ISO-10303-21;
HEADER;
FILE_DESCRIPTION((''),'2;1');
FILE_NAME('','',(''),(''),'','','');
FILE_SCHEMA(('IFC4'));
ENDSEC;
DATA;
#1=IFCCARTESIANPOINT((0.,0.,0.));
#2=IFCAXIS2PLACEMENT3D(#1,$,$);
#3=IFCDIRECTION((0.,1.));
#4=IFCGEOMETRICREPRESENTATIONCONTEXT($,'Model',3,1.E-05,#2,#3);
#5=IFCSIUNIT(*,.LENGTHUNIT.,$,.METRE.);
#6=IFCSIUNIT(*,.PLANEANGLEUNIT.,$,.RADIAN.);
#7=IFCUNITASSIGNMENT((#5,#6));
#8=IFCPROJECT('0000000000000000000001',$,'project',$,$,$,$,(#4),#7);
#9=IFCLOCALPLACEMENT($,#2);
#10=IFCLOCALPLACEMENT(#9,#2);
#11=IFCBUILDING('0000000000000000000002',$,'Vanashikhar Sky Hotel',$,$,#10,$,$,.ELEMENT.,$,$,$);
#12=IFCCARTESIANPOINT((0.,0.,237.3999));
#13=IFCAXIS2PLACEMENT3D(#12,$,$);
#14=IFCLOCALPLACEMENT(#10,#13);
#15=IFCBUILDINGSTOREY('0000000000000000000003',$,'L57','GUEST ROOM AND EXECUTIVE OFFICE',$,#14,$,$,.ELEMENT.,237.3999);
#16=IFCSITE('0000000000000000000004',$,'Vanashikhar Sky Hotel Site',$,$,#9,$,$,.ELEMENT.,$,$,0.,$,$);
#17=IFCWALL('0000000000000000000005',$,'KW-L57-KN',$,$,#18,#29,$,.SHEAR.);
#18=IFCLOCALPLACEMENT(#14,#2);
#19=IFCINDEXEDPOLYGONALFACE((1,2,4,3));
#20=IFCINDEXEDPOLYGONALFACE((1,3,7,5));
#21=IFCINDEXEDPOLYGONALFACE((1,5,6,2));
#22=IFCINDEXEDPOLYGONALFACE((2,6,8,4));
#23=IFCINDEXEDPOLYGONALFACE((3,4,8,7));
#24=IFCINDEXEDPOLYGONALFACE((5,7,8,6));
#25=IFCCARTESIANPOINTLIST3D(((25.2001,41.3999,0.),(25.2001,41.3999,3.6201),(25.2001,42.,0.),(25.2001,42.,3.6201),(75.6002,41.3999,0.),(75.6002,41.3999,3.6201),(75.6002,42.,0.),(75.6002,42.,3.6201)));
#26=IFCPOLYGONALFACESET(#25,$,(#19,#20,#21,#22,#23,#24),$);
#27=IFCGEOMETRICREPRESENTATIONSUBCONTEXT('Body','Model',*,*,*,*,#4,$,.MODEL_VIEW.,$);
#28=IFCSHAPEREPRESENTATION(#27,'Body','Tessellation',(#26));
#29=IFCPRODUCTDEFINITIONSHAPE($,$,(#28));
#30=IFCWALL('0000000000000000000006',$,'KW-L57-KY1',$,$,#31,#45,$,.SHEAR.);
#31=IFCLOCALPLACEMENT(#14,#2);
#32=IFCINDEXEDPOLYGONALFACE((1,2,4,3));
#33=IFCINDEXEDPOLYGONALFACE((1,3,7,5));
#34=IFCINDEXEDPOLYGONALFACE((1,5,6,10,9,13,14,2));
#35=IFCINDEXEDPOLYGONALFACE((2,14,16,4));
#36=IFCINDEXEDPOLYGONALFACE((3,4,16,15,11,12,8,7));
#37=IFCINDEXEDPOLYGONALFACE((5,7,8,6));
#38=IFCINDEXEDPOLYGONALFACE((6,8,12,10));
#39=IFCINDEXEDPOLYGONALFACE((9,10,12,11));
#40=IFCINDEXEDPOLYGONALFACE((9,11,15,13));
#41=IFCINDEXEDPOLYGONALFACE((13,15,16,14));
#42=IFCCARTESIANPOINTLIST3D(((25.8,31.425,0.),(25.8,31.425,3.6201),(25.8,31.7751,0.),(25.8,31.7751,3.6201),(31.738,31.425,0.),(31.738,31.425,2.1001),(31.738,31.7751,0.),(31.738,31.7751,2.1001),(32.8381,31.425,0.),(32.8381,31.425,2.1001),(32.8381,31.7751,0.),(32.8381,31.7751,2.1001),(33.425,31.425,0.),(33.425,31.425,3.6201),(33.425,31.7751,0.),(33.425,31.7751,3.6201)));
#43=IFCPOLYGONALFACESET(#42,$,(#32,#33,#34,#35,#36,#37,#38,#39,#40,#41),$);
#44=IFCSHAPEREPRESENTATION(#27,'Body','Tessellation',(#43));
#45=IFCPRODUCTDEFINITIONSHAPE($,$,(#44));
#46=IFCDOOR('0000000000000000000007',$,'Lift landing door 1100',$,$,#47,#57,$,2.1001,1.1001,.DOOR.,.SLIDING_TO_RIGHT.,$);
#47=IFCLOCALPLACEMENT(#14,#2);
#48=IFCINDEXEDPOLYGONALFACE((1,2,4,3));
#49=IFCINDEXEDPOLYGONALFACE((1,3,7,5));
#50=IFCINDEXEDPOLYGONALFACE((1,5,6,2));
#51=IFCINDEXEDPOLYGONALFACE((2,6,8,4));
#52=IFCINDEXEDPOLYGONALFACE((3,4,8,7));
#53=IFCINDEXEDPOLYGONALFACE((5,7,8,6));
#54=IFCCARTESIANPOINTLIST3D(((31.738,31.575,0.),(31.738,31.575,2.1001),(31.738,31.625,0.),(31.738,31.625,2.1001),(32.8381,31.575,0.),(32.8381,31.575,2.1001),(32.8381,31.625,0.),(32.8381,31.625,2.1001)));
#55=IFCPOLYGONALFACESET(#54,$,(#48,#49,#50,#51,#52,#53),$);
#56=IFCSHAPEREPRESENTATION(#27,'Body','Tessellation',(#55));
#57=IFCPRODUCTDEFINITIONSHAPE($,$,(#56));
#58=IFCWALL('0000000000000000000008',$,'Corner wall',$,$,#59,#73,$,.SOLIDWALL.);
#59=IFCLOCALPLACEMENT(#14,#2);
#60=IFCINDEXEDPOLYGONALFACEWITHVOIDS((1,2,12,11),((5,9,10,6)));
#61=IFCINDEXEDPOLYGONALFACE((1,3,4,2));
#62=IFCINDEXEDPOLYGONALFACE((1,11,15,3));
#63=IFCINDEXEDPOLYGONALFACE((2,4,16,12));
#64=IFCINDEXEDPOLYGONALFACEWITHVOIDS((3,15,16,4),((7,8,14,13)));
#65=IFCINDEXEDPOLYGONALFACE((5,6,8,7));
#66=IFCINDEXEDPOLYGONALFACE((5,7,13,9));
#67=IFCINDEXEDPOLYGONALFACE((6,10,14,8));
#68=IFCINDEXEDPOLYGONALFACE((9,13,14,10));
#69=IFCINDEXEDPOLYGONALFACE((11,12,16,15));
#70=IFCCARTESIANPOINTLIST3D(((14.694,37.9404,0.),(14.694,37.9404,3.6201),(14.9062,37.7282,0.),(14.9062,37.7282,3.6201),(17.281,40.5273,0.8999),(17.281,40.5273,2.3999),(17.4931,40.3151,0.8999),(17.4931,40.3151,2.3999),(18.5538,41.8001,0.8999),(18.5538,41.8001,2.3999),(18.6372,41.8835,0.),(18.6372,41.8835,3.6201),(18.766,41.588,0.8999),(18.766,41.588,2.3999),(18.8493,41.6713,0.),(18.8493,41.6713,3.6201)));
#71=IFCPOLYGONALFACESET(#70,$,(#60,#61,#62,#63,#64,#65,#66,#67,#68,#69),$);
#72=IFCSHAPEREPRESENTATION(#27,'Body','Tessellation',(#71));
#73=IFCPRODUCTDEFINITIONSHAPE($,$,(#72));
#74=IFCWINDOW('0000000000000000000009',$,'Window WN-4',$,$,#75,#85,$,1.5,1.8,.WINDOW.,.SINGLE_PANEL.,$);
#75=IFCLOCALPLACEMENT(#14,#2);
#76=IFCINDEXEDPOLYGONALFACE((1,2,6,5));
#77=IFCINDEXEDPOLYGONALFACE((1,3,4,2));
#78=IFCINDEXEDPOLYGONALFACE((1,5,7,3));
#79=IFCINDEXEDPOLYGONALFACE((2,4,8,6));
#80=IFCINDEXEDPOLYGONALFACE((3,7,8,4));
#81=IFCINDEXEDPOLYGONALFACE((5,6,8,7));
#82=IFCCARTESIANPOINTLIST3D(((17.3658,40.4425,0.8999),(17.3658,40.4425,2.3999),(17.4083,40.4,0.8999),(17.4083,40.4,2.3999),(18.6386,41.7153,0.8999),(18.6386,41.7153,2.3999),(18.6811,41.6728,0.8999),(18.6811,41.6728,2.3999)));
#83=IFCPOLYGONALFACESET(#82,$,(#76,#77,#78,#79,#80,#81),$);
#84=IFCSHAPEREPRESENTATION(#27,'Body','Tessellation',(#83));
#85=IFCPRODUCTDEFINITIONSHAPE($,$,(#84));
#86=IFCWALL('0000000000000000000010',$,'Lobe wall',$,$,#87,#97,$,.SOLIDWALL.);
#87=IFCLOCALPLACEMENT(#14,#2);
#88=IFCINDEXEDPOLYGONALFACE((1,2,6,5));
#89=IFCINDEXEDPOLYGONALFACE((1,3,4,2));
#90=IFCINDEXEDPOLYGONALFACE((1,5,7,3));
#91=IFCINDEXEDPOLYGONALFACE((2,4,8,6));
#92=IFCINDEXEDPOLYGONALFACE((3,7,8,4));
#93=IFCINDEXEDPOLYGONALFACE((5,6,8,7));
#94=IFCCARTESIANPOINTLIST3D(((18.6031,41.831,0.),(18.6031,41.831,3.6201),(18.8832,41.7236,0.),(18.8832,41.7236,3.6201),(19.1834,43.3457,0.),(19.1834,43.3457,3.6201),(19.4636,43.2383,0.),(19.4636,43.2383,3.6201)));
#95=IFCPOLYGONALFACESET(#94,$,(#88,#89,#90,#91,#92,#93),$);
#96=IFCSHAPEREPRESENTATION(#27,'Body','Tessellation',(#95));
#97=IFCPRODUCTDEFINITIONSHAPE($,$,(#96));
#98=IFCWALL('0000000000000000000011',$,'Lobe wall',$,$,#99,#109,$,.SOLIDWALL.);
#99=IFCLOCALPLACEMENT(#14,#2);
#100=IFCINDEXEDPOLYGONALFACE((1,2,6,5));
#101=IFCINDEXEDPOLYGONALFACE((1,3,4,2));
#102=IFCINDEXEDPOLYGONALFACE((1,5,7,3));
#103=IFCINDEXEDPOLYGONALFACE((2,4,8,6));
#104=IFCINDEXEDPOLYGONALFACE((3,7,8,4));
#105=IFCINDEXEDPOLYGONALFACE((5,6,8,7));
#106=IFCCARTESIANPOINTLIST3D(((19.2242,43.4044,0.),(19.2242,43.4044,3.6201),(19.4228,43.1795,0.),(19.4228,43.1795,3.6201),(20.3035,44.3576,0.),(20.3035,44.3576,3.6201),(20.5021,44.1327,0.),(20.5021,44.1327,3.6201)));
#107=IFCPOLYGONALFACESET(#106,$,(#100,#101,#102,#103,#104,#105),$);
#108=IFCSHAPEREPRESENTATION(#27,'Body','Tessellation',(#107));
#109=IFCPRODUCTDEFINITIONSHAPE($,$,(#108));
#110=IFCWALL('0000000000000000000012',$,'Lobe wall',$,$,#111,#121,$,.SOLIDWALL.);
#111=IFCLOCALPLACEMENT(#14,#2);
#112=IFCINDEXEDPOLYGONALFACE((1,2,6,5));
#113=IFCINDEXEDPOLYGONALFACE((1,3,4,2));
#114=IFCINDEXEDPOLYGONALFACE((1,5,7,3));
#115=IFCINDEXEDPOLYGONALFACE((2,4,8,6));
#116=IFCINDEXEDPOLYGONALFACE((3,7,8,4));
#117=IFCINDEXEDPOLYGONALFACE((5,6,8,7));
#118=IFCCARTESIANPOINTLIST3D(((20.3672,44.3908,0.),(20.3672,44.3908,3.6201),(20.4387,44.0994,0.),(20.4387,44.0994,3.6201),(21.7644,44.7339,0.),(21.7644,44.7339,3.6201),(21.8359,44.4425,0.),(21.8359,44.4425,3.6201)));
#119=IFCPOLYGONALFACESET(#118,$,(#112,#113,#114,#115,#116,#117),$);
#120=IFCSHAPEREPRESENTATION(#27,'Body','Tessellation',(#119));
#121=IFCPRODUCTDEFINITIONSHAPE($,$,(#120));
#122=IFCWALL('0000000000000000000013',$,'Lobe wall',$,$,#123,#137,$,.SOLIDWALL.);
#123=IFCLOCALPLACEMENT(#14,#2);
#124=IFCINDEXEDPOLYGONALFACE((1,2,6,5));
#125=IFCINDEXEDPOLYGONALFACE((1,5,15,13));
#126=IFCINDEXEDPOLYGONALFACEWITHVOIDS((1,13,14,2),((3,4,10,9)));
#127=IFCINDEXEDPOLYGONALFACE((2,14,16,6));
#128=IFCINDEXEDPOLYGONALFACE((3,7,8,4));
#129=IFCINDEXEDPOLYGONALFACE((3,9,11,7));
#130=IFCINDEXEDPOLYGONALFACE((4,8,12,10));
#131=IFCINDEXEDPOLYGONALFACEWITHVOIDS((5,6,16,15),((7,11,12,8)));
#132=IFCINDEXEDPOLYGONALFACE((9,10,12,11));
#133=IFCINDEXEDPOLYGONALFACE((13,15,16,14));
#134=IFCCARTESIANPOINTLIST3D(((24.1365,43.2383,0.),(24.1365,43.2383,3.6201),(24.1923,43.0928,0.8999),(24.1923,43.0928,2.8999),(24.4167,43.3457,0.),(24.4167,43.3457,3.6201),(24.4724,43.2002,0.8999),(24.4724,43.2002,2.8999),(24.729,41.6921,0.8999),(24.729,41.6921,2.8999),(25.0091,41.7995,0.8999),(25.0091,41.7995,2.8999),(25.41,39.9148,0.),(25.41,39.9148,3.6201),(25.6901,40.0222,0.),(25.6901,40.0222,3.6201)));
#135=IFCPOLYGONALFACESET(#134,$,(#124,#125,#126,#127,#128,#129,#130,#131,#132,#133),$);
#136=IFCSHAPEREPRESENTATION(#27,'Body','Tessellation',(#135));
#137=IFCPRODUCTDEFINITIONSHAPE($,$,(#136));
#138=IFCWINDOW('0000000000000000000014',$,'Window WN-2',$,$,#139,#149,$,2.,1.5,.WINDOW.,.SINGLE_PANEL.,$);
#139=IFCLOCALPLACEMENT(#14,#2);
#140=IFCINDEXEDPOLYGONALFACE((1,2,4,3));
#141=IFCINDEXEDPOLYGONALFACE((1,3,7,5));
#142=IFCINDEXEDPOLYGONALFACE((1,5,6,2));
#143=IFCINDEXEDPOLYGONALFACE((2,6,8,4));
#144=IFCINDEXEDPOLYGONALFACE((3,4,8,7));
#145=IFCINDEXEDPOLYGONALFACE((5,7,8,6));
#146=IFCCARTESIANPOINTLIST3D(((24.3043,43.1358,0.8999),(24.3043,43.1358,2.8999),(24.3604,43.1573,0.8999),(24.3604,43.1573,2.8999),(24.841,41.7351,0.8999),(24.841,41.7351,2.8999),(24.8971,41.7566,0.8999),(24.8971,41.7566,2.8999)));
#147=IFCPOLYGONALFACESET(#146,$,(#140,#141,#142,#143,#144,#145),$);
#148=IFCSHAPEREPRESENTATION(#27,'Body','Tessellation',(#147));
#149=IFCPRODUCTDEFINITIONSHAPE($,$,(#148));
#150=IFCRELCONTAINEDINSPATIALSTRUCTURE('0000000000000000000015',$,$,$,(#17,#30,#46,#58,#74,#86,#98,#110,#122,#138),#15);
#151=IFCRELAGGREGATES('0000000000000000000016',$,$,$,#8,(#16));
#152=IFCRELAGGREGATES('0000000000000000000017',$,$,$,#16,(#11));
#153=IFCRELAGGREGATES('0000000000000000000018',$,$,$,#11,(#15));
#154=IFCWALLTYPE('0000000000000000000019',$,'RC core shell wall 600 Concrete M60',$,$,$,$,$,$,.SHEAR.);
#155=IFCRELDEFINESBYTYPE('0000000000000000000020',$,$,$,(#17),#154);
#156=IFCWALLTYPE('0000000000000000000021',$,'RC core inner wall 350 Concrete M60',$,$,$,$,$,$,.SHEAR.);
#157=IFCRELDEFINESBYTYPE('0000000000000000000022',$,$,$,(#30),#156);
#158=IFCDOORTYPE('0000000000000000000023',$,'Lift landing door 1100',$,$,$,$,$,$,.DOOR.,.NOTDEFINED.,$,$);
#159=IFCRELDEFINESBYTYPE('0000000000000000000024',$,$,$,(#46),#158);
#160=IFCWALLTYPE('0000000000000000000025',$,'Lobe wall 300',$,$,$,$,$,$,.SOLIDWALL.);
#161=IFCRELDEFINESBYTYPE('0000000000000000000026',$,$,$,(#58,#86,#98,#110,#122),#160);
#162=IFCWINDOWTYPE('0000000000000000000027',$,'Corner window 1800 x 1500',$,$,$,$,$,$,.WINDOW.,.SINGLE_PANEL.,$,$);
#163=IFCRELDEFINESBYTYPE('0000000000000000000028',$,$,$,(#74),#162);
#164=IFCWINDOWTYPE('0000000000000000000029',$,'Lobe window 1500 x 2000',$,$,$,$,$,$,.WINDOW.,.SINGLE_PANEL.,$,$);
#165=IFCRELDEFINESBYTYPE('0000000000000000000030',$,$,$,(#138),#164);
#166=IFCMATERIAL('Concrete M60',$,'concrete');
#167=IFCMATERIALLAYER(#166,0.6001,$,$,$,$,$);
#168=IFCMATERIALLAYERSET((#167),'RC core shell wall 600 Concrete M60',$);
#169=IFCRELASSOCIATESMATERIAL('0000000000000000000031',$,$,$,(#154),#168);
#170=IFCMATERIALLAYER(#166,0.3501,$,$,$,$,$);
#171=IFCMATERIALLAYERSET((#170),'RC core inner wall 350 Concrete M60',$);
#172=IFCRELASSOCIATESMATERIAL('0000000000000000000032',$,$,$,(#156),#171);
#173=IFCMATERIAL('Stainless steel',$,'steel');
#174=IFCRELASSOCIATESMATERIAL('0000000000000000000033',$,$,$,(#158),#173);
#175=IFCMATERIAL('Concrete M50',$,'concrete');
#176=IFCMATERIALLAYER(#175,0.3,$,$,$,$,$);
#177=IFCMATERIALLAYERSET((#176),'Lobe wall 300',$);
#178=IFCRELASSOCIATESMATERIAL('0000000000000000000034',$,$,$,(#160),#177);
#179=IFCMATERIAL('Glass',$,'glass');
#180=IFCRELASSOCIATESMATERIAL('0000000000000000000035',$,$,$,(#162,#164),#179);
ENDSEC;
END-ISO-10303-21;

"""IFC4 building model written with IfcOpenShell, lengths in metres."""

from ifc_helpers import new_model, si_unit, direction, frame, frame_2d, origin, place, context, subcontext, project, spatial, rectangle, extrude, source, transform, mapped, material, layer, layer_set, type_object, element, fill, save


model = new_model("IFC4")

# Units and contexts
model_context = context("Model", 3, precision=1e-05, world=origin(), true_north=direction((0.0, 1.0)))
body_context = subcontext(model_context, "Body", "Model", "MODEL_VIEW")
ifc_project = project(units=[si_unit("LENGTHUNIT", "METRE"), si_unit("PLANEANGLEUNIT", "RADIAN")], contexts=[model_context])

# Site, building, storey
site_placement = place(None, origin())
site = spatial("IfcSite", under=ifc_project, at=site_placement, Name="Vanashikhar Sky Hotel Site", CompositionType="ELEMENT", RefElevation=0.0)
building_placement = place(site_placement, origin())
building = spatial("IfcBuilding", under=site, at=building_placement, Name="Vanashikhar Sky Hotel", CompositionType="ELEMENT")
storey_placement = place(building_placement, frame((0.0, 0.0, 237.3999)))
storey = spatial("IfcBuildingStorey", under=building, at=storey_placement, Name="L57", Description="GUEST ROOM AND EXECUTIVE OFFICE", CompositionType="ELEMENT", Elevation=237.3999)

# Wall
ifc_material_1 = material(Name="Concrete M60", Category="concrete")
ifc_layer_1 = layer(ifc_material_1, 0.6001)
ifc_layer_set_1 = layer_set([ifc_layer_1], Name="RC core shell wall 600 Concrete M60")
wall_type_1 = type_object("IfcWallType", Name="RC core shell wall 600 Concrete M60", PredefinedType="SHEAR", material=ifc_layer_set_1)
shared_shape_1 = source(origin(), body_context, "Body", "SweptSolid", [
    extrude(rectangle(XDim=50.4001, YDim=0.6001, at=frame_2d((25.2002, 0.0))), origin(), (0.0, 0.0, 1.0), 3.6201),
])
wall_1_placement = place(storey_placement, frame((25.2, 41.7, 0.0), z_axis=(0.0, 0.0, 1.0), x_axis=(1.0, 0.0, 0.0)))
element("IfcWall", 1, at=wall_1_placement, inside=storey, type_object=wall_type_1, Name="KW-L57-KN", PredefinedType="SHEAR", context=body_context, shape_type="MappedRepresentation", body=[
    mapped(shared_shape_1, transform((0.0, 0.0, 0.0), scale=1.0)),
])

# Wall, opening, door
ifc_layer_2 = layer(ifc_material_1, 0.3501)
ifc_layer_set_2 = layer_set([ifc_layer_2], Name="RC core inner wall 350 Concrete M60")
wall_type_2 = type_object("IfcWallType", Name="RC core inner wall 350 Concrete M60", PredefinedType="SHEAR", material=ifc_layer_set_2)
shared_shape_2 = source(origin(), body_context, "Body", "SweptSolid", [
    extrude(rectangle(XDim=7.625, YDim=0.3501, at=frame_2d((3.8125, 0.0))), origin(), (0.0, 0.0, 1.0), 3.6201),
])
wall_2_placement = place(storey_placement, frame((25.8, 31.6001, 0.0), z_axis=(0.0, 0.0, 1.0), x_axis=(1.0, 0.0, 0.0)))
wall_2 = element("IfcWall", 2, at=wall_2_placement, inside=storey, type_object=wall_type_2, Name="KW-L57-KY1", PredefinedType="SHEAR", context=body_context, shape_type="MappedRepresentation", body=[
    mapped(shared_shape_2, transform((0.0, 0.0, 0.0), scale=1.0)),
])
shared_shape_3 = source(origin(), body_context, "Body", "SweptSolid", [
    extrude(rectangle(XDim=1.1001, YDim=2.1001, at=frame_2d((0.55, 1.05))), frame((0.0, 0.1851, 0.0), z_axis=(0.0, -1.0, 0.0), x_axis=(1.0, 0.0, 0.0)), (0.0, 0.0, 1.0), 0.3701),
])
opening_1_placement = place(wall_2_placement, frame((5.938, 0.0, 0.0)))
opening_1 = element("IfcOpeningElement", 3, at=opening_1_placement, cuts=wall_2, PredefinedType="OPENING", context=body_context, shape_type="MappedRepresentation", body=[
    mapped(shared_shape_3, transform((0.0, 0.0, 0.0), scale=1.0)),
])
ifc_material_2 = material(Name="Stainless steel", Category="steel")
door_type_1 = type_object("IfcDoorType", Name="Lift landing door 1100", OperationType="NOTDEFINED", PredefinedType="DOOR", material=ifc_material_2)
shared_shape_4 = source(origin(), body_context, "Body", "SweptSolid", [
    extrude(rectangle(XDim=1.1001, YDim=2.1001, at=frame_2d((0.55, 1.05))), frame((0.0, 0.0249, 0.0), z_axis=(0.0, -1.0, 0.0), x_axis=(1.0, 0.0, 0.0)), (0.0, 0.0, 1.0), 0.05),
])
door_1_placement = place(opening_1_placement, origin())
door_1 = element("IfcDoor", 4, at=door_1_placement, inside=storey, type_object=door_type_1, Name="Lift landing door 1100", OperationType="SLIDING_TO_RIGHT", OverallHeight=2.1001, OverallWidth=1.1001, PredefinedType="DOOR", context=body_context, shape_type="MappedRepresentation", body=[
    mapped(shared_shape_4, transform((0.0, 0.0, 0.0), scale=1.0)),
])
fill(opening_1, door_1)

# Wall, opening, window
ifc_material_3 = material(Name="Concrete M50", Category="concrete")
ifc_layer_3 = layer(ifc_material_3, 0.3)
ifc_layer_set_3 = layer_set([ifc_layer_3], Name="Lobe wall 300")
wall_type_3 = type_object("IfcWallType", Name="Lobe wall 300", PredefinedType="SOLIDWALL", material=ifc_layer_set_3)
shared_shape_5 = source(origin(), body_context, "Body", "SweptSolid", [
    extrude(rectangle(XDim=5.5764, YDim=0.3, at=frame_2d((2.7881, 0.0))), origin(), (0.0, 0.0, 1.0), 3.6201),
])
wall_3_placement = place(storey_placement, frame((18.7432, 41.7773, 0.0), z_axis=(0.0, 0.0, 1.0), x_axis=(-0.707107, -0.707107, 0.0)))
wall_3 = element("IfcWall", 5, at=wall_3_placement, inside=storey, type_object=wall_type_3, Name="Corner wall", PredefinedType="SOLIDWALL", context=body_context, shape_type="MappedRepresentation", body=[
    mapped(shared_shape_5, transform((0.0, 0.0, 0.0), scale=1.0)),
])
shared_shape_6 = source(origin(), body_context, "Body", "SweptSolid", [
    extrude(rectangle(XDim=1.8, YDim=1.5, at=frame_2d((0.8999, 0.75))), frame((0.0, 0.1602, 0.0), z_axis=(0.0, -1.0, 0.0), x_axis=(1.0, 0.0, 0.0)), (0.0, 0.0, 1.0), 0.3201),
])
opening_2_placement = place(wall_3_placement, frame((0.1179, 0.0, 0.8999)))
opening_2 = element("IfcOpeningElement", 6, at=opening_2_placement, cuts=wall_3, PredefinedType="OPENING", context=body_context, shape_type="MappedRepresentation", body=[
    mapped(shared_shape_6, transform((0.0, 0.0, 0.0), scale=1.0)),
])
ifc_material_4 = material(Name="Glass", Category="glass")
window_type_1 = type_object("IfcWindowType", Name="Corner window 1800 x 1500", PartitioningType="SINGLE_PANEL", PredefinedType="WINDOW", material=ifc_material_4)
shared_shape_7 = source(origin(), body_context, "Body", "SweptSolid", [
    extrude(rectangle(XDim=1.8, YDim=1.5, at=frame_2d((0.8999, 0.75))), frame((0.0, 0.03, 0.0), z_axis=(0.0, -1.0, 0.0), x_axis=(1.0, 0.0, 0.0)), (0.0, 0.0, 1.0), 0.0601),
])
window_1_placement = place(opening_2_placement, origin())
window_1 = element("IfcWindow", 7, at=window_1_placement, inside=storey, type_object=window_type_1, Name="Window WN-4", OverallHeight=1.5, OverallWidth=1.8, PartitioningType="SINGLE_PANEL", PredefinedType="WINDOW", context=body_context, shape_type="MappedRepresentation", body=[
    mapped(shared_shape_7, transform((0.0, 0.0, 0.0), scale=1.0)),
])
fill(opening_2, window_1)

# Walls
shared_shape_8 = source(origin(), body_context, "Body", "SweptSolid", [
    extrude(rectangle(XDim=1.6221, YDim=0.3, at=frame_2d((0.811, 0.0))), origin(), (0.0, 0.0, 1.0), 3.6201),
])
wall_4_placement = place(storey_placement, frame((19.3235, 43.292, 0.0), z_axis=(0.0, 0.0, 1.0), x_axis=(-0.357779, -0.933806, 0.0)))
element("IfcWall", 8, at=wall_4_placement, inside=storey, type_object=wall_type_3, Name="Lobe wall", PredefinedType="SOLIDWALL", context=body_context, shape_type="MappedRepresentation", body=[
    mapped(shared_shape_8, transform((0.0, 0.0, 0.0), scale=1.0)),
])
shared_shape_9 = source(origin(), body_context, "Body", "SweptSolid", [
    extrude(rectangle(XDim=1.4399, YDim=0.3, at=frame_2d((0.72, 0.0))), origin(), (0.0, 0.0, 1.0), 3.6201),
])
wall_5_placement = place(storey_placement, frame((20.4028, 44.2451, 0.0), z_axis=(0.0, 0.0, 1.0), x_axis=(-0.749576, -0.661919, 0.0)))
element("IfcWall", 9, at=wall_5_placement, inside=storey, type_object=wall_type_3, Name="Lobe wall", PredefinedType="SOLIDWALL", context=body_context, shape_type="MappedRepresentation", body=[
    mapped(shared_shape_9, transform((0.0, 0.0, 0.0), scale=1.0)),
])
shared_shape_10 = source(origin(), body_context, "Body", "SweptSolid", [
    extrude(rectangle(XDim=1.4387, YDim=0.3, at=frame_2d((0.7192, 0.0))), origin(), (0.0, 0.0, 1.0), 3.6201),
])
wall_6_placement = place(storey_placement, frame((21.8, 44.5881, 0.0), z_axis=(0.0, 0.0, 1.0), x_axis=(-0.971162, -0.238421, 0.0)))
element("IfcWall", 10, at=wall_6_placement, inside=storey, type_object=wall_type_3, Name="Lobe wall", PredefinedType="SOLIDWALL", context=body_context, shape_type="MappedRepresentation", body=[
    mapped(shared_shape_10, transform((0.0, 0.0, 0.0), scale=1.0)),
])

# Wall, opening, window
shared_shape_11 = source(origin(), body_context, "Body", "SweptSolid", [
    extrude(rectangle(XDim=3.5591, YDim=0.3, at=frame_2d((1.7795, 0.0))), origin(), (0.0, 0.0, 1.0), 3.6201),
])
wall_7_placement = place(storey_placement, frame((25.55, 39.9685, 0.0), z_axis=(0.0, 0.0, 1.0), x_axis=(-0.357797, 0.933799, 0.0)))
wall_7 = element("IfcWall", 11, at=wall_7_placement, inside=storey, type_object=wall_type_3, Name="Lobe wall", PredefinedType="SOLIDWALL", context=body_context, shape_type="MappedRepresentation", body=[
    mapped(shared_shape_11, transform((0.0, 0.0, 0.0), scale=1.0)),
])
shared_shape_12 = source(origin(), body_context, "Body", "SweptSolid", [
    extrude(rectangle(XDim=1.5, YDim=2.0, at=frame_2d((0.75, 1.0))), frame((0.0, 0.1602, 0.0), z_axis=(0.0, -1.0, 0.0), x_axis=(1.0, 0.0, 0.0)), (0.0, 0.0, 1.0), 0.3201),
])
opening_3_placement = place(wall_7_placement, frame((1.9033, 0.0, 0.8999)))
opening_3 = element("IfcOpeningElement", 12, at=opening_3_placement, cuts=wall_7, PredefinedType="OPENING", context=body_context, shape_type="MappedRepresentation", body=[
    mapped(shared_shape_12, transform((0.0, 0.0, 0.0), scale=1.0)),
])
window_type_2 = type_object("IfcWindowType", Name="Lobe window 1500 x 2000", PartitioningType="SINGLE_PANEL", PredefinedType="WINDOW", material=ifc_material_4)
shared_shape_13 = source(origin(), body_context, "Body", "SweptSolid", [
    extrude(rectangle(XDim=1.5, YDim=2.0, at=frame_2d((0.75, 1.0))), frame((0.0, 0.03, 0.0), z_axis=(0.0, -1.0, 0.0), x_axis=(1.0, 0.0, 0.0)), (0.0, 0.0, 1.0), 0.0601),
])
window_2_placement = place(opening_3_placement, origin())
window_2 = element("IfcWindow", 13, at=window_2_placement, inside=storey, type_object=window_type_2, Name="Window WN-2", OverallHeight=2.0, OverallWidth=1.5, PartitioningType="SINGLE_PANEL", PredefinedType="WINDOW", context=body_context, shape_type="MappedRepresentation", body=[
    mapped(shared_shape_13, transform((0.0, 0.0, 0.0), scale=1.0)),
])
fill(opening_3, window_2)

save(model, "model.ifc")
